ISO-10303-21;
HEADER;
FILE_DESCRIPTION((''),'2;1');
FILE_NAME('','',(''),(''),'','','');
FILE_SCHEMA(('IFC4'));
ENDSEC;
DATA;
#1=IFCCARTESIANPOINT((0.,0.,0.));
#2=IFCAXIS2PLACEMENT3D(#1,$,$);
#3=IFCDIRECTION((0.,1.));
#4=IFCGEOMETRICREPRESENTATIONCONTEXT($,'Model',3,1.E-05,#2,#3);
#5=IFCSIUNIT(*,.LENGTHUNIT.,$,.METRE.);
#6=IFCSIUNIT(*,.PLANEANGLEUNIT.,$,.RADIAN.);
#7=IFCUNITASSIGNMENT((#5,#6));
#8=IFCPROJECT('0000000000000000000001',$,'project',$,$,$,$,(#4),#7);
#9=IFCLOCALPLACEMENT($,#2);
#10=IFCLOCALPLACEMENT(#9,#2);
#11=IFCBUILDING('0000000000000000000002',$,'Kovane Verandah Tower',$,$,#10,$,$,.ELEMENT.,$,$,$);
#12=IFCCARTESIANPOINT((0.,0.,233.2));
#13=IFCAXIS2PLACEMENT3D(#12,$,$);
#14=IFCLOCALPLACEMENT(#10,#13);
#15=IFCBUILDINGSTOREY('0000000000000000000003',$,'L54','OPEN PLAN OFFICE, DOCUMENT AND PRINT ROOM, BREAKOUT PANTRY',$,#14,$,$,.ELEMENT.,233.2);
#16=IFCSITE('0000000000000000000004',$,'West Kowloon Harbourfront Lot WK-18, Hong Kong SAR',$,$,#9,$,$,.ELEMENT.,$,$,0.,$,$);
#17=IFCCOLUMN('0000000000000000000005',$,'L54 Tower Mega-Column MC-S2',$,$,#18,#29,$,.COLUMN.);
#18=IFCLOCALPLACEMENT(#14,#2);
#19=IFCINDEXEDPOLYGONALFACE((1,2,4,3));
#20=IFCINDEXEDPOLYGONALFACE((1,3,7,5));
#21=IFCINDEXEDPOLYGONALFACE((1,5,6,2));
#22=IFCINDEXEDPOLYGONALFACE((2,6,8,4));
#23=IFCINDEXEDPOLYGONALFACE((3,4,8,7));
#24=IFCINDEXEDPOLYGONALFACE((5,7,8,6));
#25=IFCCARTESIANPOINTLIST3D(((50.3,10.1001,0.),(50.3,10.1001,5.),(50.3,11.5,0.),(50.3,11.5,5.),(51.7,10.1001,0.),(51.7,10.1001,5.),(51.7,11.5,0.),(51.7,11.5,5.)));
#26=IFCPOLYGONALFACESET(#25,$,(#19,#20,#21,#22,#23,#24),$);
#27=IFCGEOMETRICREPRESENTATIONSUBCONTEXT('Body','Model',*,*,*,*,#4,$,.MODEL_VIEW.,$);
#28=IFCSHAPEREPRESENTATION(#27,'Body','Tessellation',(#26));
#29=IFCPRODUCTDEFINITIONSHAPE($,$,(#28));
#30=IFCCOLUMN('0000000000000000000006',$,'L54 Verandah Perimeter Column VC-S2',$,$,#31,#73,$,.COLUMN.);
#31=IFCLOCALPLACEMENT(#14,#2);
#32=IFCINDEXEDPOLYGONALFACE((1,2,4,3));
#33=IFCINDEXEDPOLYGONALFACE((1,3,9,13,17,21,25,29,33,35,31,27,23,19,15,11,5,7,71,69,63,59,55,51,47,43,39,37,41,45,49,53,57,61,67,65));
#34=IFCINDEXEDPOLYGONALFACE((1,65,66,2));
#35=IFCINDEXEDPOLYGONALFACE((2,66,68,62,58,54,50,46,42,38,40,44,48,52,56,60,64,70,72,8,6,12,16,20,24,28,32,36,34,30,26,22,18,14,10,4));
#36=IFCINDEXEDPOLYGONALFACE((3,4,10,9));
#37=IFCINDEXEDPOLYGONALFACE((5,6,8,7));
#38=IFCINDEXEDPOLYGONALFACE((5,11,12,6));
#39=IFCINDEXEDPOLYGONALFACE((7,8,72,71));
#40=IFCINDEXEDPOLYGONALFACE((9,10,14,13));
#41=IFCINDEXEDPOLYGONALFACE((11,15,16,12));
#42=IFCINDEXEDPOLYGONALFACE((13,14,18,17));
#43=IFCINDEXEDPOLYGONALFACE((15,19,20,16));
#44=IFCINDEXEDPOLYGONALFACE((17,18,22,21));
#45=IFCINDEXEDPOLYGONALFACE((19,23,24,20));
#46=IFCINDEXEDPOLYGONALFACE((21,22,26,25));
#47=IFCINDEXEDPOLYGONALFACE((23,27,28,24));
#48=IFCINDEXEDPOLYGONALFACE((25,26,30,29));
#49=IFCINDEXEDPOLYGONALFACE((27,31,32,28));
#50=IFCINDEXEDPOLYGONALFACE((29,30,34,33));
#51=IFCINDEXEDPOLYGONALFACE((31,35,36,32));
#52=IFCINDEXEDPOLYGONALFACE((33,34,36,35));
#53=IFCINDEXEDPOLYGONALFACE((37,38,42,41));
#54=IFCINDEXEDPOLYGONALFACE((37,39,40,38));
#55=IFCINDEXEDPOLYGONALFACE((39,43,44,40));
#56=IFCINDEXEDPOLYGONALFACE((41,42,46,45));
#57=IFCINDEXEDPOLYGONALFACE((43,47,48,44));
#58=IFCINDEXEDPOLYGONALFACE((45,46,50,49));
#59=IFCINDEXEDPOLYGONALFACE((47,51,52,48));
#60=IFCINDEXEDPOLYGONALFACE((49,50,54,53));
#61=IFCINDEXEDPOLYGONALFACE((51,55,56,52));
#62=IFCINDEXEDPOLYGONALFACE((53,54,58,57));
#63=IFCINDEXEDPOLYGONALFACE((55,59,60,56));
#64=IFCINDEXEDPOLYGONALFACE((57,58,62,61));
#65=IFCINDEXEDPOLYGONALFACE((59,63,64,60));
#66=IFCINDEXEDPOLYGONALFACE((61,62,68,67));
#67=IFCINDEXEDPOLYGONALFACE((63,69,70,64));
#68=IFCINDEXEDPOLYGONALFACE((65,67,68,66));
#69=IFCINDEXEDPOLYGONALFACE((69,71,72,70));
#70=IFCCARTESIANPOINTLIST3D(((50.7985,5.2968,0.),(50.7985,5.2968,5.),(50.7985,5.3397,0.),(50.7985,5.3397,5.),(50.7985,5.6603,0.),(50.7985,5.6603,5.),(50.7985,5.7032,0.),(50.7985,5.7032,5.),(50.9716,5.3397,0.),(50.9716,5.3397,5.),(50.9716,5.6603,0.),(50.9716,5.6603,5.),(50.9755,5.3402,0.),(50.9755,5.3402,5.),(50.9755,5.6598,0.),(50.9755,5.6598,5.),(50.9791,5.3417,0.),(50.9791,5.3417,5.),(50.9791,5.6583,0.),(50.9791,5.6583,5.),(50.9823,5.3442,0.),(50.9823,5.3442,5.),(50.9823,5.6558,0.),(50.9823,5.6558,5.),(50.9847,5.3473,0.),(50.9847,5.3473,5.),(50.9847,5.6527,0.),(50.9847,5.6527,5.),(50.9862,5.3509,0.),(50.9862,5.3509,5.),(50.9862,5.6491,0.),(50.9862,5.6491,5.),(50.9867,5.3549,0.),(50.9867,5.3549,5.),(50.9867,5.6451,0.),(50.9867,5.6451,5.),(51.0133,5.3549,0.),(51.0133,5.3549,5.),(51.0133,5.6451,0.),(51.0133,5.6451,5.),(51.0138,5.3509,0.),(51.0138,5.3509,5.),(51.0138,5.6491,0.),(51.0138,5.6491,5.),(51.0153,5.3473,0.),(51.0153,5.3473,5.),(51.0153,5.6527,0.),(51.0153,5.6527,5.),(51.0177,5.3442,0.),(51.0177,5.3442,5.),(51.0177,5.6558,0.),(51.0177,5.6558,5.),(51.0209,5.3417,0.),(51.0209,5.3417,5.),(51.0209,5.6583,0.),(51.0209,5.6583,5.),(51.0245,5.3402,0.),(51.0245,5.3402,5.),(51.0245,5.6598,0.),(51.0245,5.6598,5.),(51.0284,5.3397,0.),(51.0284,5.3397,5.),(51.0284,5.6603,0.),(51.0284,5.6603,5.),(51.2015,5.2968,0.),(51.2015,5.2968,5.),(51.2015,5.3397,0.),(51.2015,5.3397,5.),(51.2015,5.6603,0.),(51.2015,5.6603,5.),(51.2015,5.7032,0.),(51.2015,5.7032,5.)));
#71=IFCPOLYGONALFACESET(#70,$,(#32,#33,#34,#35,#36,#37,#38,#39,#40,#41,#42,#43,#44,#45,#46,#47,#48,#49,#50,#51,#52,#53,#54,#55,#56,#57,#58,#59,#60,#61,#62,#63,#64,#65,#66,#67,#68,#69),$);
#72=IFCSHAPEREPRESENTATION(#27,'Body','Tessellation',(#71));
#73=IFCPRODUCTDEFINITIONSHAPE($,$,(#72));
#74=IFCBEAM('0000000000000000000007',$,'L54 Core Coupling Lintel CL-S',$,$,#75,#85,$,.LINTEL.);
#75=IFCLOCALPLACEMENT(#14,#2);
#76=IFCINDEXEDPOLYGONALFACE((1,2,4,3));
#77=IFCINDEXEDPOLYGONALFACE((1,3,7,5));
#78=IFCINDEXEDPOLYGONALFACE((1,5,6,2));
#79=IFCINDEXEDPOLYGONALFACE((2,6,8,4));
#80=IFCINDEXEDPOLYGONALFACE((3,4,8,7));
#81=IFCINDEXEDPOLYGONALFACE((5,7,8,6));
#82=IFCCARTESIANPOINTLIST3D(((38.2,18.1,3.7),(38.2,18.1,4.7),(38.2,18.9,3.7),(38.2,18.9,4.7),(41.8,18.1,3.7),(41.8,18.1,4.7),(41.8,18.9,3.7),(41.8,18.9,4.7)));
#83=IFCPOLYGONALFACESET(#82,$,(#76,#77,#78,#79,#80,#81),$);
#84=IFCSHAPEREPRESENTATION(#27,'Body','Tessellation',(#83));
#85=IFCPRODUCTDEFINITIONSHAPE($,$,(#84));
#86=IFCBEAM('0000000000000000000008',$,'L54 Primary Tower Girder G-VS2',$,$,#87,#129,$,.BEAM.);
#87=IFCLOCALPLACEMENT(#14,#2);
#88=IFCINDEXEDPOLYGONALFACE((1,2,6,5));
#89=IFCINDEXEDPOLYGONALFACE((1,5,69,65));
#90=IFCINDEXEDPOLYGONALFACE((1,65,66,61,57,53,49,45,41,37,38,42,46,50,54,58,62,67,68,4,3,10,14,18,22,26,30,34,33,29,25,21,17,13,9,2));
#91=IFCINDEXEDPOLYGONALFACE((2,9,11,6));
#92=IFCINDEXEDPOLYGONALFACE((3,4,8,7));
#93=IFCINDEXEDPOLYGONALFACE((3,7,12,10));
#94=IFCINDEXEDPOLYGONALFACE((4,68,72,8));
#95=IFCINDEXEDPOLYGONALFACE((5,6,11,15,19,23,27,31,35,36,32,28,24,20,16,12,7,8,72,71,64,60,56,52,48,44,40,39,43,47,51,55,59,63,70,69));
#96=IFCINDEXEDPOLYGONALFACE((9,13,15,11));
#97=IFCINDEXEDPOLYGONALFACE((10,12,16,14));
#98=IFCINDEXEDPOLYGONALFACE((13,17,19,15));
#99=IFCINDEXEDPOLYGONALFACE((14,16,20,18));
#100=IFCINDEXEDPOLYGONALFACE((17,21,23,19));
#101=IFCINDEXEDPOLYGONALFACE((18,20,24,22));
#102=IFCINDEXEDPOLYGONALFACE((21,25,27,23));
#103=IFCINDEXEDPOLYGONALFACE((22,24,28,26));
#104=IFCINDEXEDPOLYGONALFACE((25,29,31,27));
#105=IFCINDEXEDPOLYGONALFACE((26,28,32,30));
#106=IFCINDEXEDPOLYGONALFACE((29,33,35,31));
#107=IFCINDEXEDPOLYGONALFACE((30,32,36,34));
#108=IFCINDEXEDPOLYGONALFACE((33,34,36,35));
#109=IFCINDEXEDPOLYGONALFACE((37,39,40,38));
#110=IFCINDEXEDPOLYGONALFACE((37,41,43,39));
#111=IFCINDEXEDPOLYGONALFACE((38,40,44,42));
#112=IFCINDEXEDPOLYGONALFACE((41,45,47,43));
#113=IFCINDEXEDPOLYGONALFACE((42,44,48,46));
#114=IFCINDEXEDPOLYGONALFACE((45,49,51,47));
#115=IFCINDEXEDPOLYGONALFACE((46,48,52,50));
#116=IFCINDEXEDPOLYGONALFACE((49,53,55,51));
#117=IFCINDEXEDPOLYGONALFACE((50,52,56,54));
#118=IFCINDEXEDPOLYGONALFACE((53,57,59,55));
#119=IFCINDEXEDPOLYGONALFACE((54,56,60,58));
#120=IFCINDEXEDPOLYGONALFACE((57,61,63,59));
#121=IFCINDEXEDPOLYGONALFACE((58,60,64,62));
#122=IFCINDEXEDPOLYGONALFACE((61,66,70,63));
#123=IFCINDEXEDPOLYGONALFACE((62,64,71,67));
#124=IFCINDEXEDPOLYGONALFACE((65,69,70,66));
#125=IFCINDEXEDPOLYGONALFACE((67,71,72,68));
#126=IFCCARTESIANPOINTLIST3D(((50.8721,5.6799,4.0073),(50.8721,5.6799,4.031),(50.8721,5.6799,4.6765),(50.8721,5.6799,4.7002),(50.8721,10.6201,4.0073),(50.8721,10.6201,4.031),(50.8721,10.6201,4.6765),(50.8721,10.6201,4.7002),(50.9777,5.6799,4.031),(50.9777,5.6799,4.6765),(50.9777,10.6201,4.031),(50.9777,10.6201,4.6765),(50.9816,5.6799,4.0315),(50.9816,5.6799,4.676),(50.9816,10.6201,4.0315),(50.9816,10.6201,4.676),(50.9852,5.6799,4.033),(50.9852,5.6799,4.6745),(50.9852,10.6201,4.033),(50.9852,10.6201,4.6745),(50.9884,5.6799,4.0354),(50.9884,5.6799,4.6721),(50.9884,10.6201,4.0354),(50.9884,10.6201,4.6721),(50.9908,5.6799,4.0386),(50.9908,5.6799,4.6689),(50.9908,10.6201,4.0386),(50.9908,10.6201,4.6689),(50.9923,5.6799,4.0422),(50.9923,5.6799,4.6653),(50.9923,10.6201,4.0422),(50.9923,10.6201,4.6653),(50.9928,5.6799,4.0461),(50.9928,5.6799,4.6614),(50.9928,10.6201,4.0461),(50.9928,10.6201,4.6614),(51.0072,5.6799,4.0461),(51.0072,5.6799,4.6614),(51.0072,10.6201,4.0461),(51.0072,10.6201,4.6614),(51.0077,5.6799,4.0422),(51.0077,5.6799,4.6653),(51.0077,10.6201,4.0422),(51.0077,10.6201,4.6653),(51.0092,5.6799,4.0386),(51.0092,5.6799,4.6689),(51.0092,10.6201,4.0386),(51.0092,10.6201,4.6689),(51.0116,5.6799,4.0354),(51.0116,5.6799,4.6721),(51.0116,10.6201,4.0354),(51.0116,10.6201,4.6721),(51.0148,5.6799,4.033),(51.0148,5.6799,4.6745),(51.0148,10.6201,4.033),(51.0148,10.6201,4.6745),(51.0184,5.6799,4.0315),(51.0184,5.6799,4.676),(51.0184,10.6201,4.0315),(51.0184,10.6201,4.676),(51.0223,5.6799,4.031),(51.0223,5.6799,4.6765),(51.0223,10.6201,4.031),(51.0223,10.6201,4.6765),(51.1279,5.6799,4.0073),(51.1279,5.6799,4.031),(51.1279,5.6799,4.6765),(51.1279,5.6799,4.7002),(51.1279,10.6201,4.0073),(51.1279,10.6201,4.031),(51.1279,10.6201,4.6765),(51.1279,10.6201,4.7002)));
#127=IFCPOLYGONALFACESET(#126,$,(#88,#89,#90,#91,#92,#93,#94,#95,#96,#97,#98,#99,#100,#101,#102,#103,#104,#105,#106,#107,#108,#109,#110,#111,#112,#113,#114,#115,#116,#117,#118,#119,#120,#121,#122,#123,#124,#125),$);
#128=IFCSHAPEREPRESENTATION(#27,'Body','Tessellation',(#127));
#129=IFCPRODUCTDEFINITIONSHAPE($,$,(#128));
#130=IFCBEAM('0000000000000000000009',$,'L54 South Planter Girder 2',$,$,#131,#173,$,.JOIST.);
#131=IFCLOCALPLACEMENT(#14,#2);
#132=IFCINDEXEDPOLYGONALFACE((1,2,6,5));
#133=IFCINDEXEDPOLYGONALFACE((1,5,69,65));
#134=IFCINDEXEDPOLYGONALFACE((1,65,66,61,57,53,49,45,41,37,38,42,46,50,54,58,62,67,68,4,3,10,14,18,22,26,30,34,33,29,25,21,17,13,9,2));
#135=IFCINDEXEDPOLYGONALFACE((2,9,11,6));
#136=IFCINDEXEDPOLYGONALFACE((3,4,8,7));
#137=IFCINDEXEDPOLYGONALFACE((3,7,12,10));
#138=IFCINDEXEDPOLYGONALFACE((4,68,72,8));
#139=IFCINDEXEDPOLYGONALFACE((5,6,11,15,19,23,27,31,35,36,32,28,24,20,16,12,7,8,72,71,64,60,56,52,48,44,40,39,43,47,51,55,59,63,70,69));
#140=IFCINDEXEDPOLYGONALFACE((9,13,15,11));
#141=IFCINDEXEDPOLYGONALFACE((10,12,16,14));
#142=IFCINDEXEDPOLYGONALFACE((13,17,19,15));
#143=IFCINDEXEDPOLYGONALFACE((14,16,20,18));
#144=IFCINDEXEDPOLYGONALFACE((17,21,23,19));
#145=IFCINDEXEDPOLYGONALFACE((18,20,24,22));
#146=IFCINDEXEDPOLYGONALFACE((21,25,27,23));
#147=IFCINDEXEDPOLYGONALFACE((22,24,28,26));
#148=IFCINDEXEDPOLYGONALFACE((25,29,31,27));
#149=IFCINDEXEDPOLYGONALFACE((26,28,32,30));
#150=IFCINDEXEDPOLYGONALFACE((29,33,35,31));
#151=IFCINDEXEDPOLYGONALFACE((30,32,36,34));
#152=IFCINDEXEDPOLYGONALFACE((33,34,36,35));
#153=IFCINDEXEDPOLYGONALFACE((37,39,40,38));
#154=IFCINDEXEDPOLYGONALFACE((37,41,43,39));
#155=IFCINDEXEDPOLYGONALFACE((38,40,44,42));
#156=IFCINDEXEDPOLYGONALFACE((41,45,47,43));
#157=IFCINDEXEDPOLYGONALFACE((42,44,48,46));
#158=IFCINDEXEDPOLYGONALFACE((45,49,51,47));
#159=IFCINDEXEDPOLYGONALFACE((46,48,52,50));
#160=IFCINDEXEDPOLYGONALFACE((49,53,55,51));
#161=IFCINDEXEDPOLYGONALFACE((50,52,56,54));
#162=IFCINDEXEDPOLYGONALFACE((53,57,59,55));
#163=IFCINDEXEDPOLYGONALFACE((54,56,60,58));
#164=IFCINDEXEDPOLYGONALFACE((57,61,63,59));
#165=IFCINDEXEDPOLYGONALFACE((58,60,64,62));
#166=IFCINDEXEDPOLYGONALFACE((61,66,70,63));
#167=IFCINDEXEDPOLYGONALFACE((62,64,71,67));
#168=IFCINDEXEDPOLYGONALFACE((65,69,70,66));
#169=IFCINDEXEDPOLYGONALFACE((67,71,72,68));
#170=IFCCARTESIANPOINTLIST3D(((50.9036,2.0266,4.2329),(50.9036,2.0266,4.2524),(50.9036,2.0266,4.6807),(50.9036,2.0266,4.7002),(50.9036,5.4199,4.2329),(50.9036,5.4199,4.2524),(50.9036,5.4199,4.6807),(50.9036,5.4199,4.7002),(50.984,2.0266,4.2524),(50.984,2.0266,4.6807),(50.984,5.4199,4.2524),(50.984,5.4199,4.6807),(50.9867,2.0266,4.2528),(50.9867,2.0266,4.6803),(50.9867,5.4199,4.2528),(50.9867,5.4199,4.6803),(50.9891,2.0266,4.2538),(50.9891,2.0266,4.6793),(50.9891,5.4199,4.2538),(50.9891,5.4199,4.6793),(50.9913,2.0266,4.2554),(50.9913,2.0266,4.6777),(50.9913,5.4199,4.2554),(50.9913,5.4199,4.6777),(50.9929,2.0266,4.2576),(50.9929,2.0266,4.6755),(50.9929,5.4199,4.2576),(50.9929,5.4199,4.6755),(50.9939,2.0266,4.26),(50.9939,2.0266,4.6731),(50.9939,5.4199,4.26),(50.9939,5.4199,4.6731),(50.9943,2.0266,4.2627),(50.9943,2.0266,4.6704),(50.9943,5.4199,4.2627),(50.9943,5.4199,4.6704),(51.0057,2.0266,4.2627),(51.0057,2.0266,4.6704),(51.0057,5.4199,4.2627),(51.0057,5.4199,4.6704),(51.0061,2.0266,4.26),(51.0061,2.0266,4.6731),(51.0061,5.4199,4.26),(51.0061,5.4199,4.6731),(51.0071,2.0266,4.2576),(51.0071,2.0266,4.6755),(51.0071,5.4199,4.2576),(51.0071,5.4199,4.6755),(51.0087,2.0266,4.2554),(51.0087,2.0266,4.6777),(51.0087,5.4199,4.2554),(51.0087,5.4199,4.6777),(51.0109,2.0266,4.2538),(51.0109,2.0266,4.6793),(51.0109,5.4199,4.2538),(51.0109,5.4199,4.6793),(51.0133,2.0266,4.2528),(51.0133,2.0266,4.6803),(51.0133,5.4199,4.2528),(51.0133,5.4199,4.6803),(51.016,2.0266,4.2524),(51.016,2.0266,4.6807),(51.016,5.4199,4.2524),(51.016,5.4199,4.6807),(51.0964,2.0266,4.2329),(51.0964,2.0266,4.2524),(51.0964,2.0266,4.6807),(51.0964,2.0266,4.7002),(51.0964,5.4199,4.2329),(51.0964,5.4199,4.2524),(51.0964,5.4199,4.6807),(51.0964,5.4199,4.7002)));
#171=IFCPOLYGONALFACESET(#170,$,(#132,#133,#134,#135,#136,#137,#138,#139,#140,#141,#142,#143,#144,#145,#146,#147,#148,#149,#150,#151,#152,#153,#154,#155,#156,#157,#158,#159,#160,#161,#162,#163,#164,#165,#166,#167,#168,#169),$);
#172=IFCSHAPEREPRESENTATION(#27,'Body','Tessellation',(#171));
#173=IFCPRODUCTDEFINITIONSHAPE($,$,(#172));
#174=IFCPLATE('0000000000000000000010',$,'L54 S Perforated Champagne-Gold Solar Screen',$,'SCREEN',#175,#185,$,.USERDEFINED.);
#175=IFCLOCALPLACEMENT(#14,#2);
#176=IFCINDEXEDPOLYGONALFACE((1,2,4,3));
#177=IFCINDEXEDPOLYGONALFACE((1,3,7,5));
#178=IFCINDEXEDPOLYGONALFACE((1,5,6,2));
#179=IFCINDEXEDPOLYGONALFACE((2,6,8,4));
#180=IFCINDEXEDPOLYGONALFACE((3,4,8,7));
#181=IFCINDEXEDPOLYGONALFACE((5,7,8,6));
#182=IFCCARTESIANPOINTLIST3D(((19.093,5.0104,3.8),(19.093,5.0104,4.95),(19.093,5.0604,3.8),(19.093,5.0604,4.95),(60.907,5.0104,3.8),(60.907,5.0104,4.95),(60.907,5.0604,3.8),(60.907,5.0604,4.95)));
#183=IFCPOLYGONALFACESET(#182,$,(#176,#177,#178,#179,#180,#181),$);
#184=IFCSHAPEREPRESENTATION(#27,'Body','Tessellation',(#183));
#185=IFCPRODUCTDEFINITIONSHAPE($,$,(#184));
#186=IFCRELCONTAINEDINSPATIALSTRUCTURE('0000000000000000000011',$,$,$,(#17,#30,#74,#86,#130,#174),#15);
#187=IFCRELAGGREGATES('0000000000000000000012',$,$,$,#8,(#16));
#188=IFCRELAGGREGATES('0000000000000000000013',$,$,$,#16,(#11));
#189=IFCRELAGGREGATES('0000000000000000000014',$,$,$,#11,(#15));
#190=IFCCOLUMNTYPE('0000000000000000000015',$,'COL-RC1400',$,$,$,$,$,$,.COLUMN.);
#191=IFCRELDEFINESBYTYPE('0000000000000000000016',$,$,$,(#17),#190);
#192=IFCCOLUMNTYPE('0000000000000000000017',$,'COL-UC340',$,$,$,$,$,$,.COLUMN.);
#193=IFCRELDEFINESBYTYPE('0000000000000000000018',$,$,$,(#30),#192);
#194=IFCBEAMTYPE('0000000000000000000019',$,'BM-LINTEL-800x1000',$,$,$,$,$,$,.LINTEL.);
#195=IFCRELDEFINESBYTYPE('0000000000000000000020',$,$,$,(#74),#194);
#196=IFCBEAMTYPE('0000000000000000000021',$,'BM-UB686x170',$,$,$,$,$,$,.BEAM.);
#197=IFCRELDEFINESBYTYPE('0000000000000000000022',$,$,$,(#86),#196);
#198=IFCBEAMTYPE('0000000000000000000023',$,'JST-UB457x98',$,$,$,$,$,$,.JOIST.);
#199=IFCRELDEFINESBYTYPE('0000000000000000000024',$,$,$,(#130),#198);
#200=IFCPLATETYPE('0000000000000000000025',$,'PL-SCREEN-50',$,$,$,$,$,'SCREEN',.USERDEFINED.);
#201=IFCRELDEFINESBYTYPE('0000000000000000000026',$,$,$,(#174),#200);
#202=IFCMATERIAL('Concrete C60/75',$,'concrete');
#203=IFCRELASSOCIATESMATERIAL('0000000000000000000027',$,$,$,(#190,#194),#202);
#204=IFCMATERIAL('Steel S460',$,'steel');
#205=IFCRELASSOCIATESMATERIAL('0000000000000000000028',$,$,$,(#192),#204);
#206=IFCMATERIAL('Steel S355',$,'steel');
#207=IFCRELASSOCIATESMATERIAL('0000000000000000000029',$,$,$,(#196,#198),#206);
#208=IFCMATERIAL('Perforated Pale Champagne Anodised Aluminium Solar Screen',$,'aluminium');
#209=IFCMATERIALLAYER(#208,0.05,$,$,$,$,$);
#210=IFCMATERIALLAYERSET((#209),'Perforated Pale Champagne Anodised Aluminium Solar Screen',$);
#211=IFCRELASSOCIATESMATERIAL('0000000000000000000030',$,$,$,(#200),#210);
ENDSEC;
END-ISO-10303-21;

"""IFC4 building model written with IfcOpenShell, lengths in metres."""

from ifc_helpers import new_model, si_unit, direction, frame, origin, origin_2d, place, context, subcontext, project, spatial, rectangle, i_section, extrude, material, layer, layer_set, material_profile, profile_set, type_object, element, save


model = new_model("IFC4")

# Units and contexts
model_context = context("Model", 3, precision=1e-05, world=origin(), true_north=direction((0.0, 1.0)))
body_context = subcontext(model_context, "Body", "Model", "MODEL_VIEW")
ifc_project = project(units=[si_unit("LENGTHUNIT", "METRE"), si_unit("PLANEANGLEUNIT", "RADIAN")], contexts=[model_context])

# Site, building, storey
site_placement = place(None, origin())
site = spatial("IfcSite", under=ifc_project, at=site_placement, Name="West Kowloon Harbourfront Lot WK-18, Hong Kong SAR", CompositionType="ELEMENT", RefElevation=0.0)
building_placement = place(site_placement, origin())
building = spatial("IfcBuilding", under=site, at=building_placement, Name="Kovane Verandah Tower", CompositionType="ELEMENT")
storey_placement = place(building_placement, frame((0.0, 0.0, 233.2)))
storey = spatial("IfcBuildingStorey", under=building, at=storey_placement, Name="L54", Description="OPEN PLAN OFFICE, DOCUMENT AND PRINT ROOM, BREAKOUT PANTRY", CompositionType="ELEMENT", Elevation=233.2)

# Columns
ifc_material_1 = material(Name="Concrete C60/75", Category="concrete")
ifc_material_profile_1 = material_profile(ifc_material_1, rectangle(XDim=1.3999, YDim=1.3999, at=origin_2d()), Name="RC1400x1400")
ifc_profile_set_1 = profile_set([ifc_material_profile_1], Name="Concrete C60/75")
column_type_1 = type_object("IfcColumnType", Name="COL-RC1400", PredefinedType="COLUMN", material=ifc_profile_set_1)
column_1_placement = place(storey_placement, frame((51.0, 10.8, 0.0), z_axis=(0.0, 0.0, 1.0), x_axis=(1.0, 0.0, 0.0)))
element("IfcColumn", 1, at=column_1_placement, inside=storey, type_object=column_type_1, Name="L54 Tower Mega-Column MC-S2", PredefinedType="COLUMN", context=body_context, shape_type="SweptSolid", body=[
    extrude(rectangle(XDim=1.3999, YDim=1.3999, at=origin_2d()), origin(), (0.0, 0.0, 1.0), 5.0),
])
ifc_material_2 = material(Name="Steel S460", Category="steel")
ifc_material_profile_2 = material_profile(ifc_material_2, i_section(OverallWidth=0.4031, OverallDepth=0.4065, WebThickness=0.0266, FlangeThickness=0.043, FilletRadius=0.0151, at=origin_2d()), Name="UC356x406x340")
ifc_profile_set_2 = profile_set([ifc_material_profile_2], Name="Steel S460")
column_type_2 = type_object("IfcColumnType", Name="COL-UC340", PredefinedType="COLUMN", material=ifc_profile_set_2)
column_2_placement = place(storey_placement, frame((51.0, 5.5, 0.0), z_axis=(0.0, 0.0, 1.0), x_axis=(1.0, 0.0, 0.0)))
element("IfcColumn", 2, at=column_2_placement, inside=storey, type_object=column_type_2, Name="L54 Verandah Perimeter Column VC-S2", PredefinedType="COLUMN", context=body_context, shape_type="SweptSolid", body=[
    extrude(i_section(OverallWidth=0.4031, OverallDepth=0.4065, WebThickness=0.0266, FlangeThickness=0.043, FilletRadius=0.0151, at=origin_2d()), origin(), (0.0, 0.0, 1.0), 5.0),
])

# Beams
ifc_material_profile_3 = material_profile(ifc_material_1, rectangle(XDim=0.8, YDim=1.0, at=origin_2d()), Name="RCB800x1000")
ifc_profile_set_3 = profile_set([ifc_material_profile_3], Name="Concrete C60/75")
beam_type_1 = type_object("IfcBeamType", Name="BM-LINTEL-800x1000", PredefinedType="LINTEL", material=ifc_profile_set_3)
beam_1_placement = place(storey_placement, frame((38.2, 18.5, 4.2), z_axis=(1.0, 0.0, 0.0), x_axis=(0.0, 1.0, 0.0)))
element("IfcBeam", 3, at=beam_1_placement, inside=storey, type_object=beam_type_1, Name="L54 Core Coupling Lintel CL-S", PredefinedType="LINTEL", context=body_context, shape_type="SweptSolid", body=[
    extrude(rectangle(XDim=0.8, YDim=1.0, at=origin_2d()), origin(), (0.0, 0.0, 1.0), 3.6001),
])
ifc_material_3 = material(Name="Steel S355", Category="steel")
ifc_material_profile_4 = material_profile(ifc_material_3, i_section(OverallWidth=0.2559, OverallDepth=0.6929, WebThickness=0.0144, FlangeThickness=0.0237, FilletRadius=0.0151, at=origin_2d()), Name="UB686x254x170")
ifc_profile_set_4 = profile_set([ifc_material_profile_4], Name="Steel S355")
beam_type_2 = type_object("IfcBeamType", Name="BM-UB686x170", PredefinedType="BEAM", material=ifc_profile_set_4)
beam_2_placement = place(storey_placement, frame((51.0, 10.6201, 4.3538), z_axis=(0.0, -1.0, 0.0), x_axis=(1.0, 0.0, 0.0)))
element("IfcBeam", 4, at=beam_2_placement, inside=storey, type_object=beam_type_2, Name="L54 Primary Tower Girder G-VS2", PredefinedType="BEAM", context=body_context, shape_type="SweptSolid", body=[
    extrude(i_section(OverallWidth=0.2559, OverallDepth=0.6929, WebThickness=0.0144, FlangeThickness=0.0237, FilletRadius=0.0151, at=origin_2d()), origin(), (0.0, 0.0, 1.0), 4.9402),
])
ifc_material_profile_5 = material_profile(ifc_material_3, i_section(OverallWidth=0.1929, OverallDepth=0.4673, WebThickness=0.0115, FlangeThickness=0.0195, FilletRadius=0.0103, at=origin_2d()), Name="UB457x191x98")
ifc_profile_set_5 = profile_set([ifc_material_profile_5], Name="Steel S355")
beam_type_3 = type_object("IfcBeamType", Name="JST-UB457x98", PredefinedType="JOIST", material=ifc_profile_set_5)
beam_3_placement = place(storey_placement, frame((51.0, 5.4199, 4.4666), z_axis=(0.0, -1.0, 0.0), x_axis=(1.0, 0.0, 0.0)))
element("IfcBeam", 5, at=beam_3_placement, inside=storey, type_object=beam_type_3, Name="L54 South Planter Girder 2", PredefinedType="JOIST", context=body_context, shape_type="SweptSolid", body=[
    extrude(i_section(OverallWidth=0.1929, OverallDepth=0.4673, WebThickness=0.0115, FlangeThickness=0.0195, FilletRadius=0.0103, at=origin_2d()), origin(), (0.0, 0.0, 1.0), 3.3933),
])

# Plate
ifc_material_4 = material(Name="Perforated Pale Champagne Anodised Aluminium Solar Screen", Category="aluminium")
ifc_layer_1 = layer(ifc_material_4, 0.05)
ifc_layer_set_1 = layer_set([ifc_layer_1], Name="Perforated Pale Champagne Anodised Aluminium Solar Screen")
plate_type_1 = type_object("IfcPlateType", Name="PL-SCREEN-50", ElementType="SCREEN", PredefinedType="USERDEFINED", material=ifc_layer_set_1)
plate_1_placement = place(storey_placement, frame((40.0, 5.0354, 3.8), z_axis=(0.0, 0.0, 1.0), x_axis=(1.0, 0.0, 0.0)))
element("IfcPlate", 6, at=plate_1_placement, inside=storey, type_object=plate_type_1, Name="L54 S Perforated Champagne-Gold Solar Screen", ObjectType="SCREEN", PredefinedType="USERDEFINED", context=body_context, shape_type="SweptSolid", body=[
    extrude(rectangle(XDim=41.814, YDim=0.05, at=origin_2d()), origin(), (0.0, 0.0, 1.0), 1.1499),
])

save(model, "model.ifc")
